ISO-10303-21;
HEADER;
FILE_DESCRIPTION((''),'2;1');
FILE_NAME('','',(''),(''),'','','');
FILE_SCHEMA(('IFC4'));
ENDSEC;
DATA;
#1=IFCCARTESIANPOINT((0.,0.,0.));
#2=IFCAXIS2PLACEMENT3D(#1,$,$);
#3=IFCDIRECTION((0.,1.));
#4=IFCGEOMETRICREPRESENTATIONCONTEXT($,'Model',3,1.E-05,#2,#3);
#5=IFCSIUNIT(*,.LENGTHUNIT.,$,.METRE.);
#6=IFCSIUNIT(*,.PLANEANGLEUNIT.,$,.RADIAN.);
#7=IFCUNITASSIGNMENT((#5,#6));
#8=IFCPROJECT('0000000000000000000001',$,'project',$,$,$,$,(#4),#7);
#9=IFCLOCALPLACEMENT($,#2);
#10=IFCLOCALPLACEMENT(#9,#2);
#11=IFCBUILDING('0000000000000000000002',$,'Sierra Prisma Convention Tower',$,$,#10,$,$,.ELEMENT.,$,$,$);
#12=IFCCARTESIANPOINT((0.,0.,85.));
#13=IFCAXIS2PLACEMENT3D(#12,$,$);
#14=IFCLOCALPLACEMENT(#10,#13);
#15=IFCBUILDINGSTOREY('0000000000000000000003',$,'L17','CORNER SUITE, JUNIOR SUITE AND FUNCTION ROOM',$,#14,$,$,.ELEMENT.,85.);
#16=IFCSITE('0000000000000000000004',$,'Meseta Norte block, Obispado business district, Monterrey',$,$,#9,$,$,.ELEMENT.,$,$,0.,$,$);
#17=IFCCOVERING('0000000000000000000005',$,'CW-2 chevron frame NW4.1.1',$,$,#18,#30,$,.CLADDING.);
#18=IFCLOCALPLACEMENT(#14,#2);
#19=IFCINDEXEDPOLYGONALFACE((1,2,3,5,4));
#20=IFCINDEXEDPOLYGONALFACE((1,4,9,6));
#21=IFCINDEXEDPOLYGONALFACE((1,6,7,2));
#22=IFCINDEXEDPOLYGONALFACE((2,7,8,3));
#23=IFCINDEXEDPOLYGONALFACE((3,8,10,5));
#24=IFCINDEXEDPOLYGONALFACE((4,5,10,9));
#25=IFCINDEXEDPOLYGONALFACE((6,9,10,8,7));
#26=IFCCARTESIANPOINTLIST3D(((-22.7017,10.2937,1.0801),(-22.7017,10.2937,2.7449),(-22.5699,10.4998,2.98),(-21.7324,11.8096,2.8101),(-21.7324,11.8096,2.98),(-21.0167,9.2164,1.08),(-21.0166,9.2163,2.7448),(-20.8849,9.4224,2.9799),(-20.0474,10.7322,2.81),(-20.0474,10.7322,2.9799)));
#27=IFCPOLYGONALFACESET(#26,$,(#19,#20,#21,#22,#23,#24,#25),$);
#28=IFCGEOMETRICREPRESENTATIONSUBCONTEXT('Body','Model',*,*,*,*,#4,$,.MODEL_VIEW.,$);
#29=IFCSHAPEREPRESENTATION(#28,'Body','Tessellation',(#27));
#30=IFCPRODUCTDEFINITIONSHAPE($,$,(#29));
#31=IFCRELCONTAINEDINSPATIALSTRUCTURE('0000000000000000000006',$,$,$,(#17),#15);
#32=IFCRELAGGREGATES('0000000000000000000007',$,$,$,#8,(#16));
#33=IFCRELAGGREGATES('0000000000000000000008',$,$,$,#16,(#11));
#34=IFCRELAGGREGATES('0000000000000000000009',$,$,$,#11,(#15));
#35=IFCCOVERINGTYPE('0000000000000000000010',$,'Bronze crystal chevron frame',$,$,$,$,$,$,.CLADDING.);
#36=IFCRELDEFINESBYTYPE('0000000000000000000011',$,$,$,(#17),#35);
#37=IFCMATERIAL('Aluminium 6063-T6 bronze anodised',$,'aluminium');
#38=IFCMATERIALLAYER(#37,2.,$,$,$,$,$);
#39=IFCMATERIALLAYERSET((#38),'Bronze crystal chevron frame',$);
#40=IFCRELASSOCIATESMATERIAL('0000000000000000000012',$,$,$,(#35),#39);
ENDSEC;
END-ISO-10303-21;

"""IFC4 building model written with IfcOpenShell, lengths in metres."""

from ifc_helpers import new_model, si_unit, direction, frame, origin, place, context, subcontext, project, spatial, polyline, outline, extrude, material, layer, layer_set, type_object, element, save


model = new_model("IFC4")

# Units and contexts
model_context = context("Model", 3, precision=1e-05, world=origin(), true_north=direction((0.0, 1.0)))
body_context = subcontext(model_context, "Body", "Model", "MODEL_VIEW")
ifc_project = project(units=[si_unit("LENGTHUNIT", "METRE"), si_unit("PLANEANGLEUNIT", "RADIAN")], contexts=[model_context])

# Site, building, storey
site_placement = place(None, origin())
site = spatial("IfcSite", under=ifc_project, at=site_placement, Name="Meseta Norte block, Obispado business district, Monterrey", CompositionType="ELEMENT", RefElevation=0.0)
building_placement = place(site_placement, origin())
building = spatial("IfcBuilding", under=site, at=building_placement, Name="Sierra Prisma Convention Tower", CompositionType="ELEMENT")
storey_placement = place(building_placement, frame((0.0, 0.0, 85.0)))
storey = spatial("IfcBuildingStorey", under=building, at=storey_placement, Name="L17", Description="CORNER SUITE, JUNIOR SUITE AND FUNCTION ROOM", CompositionType="ELEMENT", Elevation=85.0)

# Covering
ifc_material_1 = material(Name="Aluminium 6063-T6 bronze anodised", Category="aluminium")
ifc_layer_1 = layer(ifc_material_1, 2.0)
ifc_layer_set_1 = layer_set([ifc_layer_1], Name="Bronze crystal chevron frame")
covering_type = type_object("IfcCoveringType", Name="Bronze crystal chevron frame", PredefinedType="CLADDING", material=ifc_layer_set_1)
covering_placement = place(storey_placement, frame((-21.7324, 11.8096, 2.98), z_axis=(-0.842505, 0.538688, 0.000035), x_axis=(-0.00003, 0.000019, -1.0)))
element("IfcCovering", 1, at=covering_placement, inside=storey, type_object=covering_type, Name="CW-2 chevron frame NW4.1.1", PredefinedType="CLADDING", context=body_context, shape_type="SweptSolid", body=[
    extrude(outline(polyline([(0.0, 0.0), (0.1699, 0.0), (1.8999, 1.7992), (0.2351, 1.7992), (0.0, 1.5546), (0.0, 0.0)])), origin(), (0.0, 0.0, -1.0), 2.0),
])

save(model, "model.ifc")
